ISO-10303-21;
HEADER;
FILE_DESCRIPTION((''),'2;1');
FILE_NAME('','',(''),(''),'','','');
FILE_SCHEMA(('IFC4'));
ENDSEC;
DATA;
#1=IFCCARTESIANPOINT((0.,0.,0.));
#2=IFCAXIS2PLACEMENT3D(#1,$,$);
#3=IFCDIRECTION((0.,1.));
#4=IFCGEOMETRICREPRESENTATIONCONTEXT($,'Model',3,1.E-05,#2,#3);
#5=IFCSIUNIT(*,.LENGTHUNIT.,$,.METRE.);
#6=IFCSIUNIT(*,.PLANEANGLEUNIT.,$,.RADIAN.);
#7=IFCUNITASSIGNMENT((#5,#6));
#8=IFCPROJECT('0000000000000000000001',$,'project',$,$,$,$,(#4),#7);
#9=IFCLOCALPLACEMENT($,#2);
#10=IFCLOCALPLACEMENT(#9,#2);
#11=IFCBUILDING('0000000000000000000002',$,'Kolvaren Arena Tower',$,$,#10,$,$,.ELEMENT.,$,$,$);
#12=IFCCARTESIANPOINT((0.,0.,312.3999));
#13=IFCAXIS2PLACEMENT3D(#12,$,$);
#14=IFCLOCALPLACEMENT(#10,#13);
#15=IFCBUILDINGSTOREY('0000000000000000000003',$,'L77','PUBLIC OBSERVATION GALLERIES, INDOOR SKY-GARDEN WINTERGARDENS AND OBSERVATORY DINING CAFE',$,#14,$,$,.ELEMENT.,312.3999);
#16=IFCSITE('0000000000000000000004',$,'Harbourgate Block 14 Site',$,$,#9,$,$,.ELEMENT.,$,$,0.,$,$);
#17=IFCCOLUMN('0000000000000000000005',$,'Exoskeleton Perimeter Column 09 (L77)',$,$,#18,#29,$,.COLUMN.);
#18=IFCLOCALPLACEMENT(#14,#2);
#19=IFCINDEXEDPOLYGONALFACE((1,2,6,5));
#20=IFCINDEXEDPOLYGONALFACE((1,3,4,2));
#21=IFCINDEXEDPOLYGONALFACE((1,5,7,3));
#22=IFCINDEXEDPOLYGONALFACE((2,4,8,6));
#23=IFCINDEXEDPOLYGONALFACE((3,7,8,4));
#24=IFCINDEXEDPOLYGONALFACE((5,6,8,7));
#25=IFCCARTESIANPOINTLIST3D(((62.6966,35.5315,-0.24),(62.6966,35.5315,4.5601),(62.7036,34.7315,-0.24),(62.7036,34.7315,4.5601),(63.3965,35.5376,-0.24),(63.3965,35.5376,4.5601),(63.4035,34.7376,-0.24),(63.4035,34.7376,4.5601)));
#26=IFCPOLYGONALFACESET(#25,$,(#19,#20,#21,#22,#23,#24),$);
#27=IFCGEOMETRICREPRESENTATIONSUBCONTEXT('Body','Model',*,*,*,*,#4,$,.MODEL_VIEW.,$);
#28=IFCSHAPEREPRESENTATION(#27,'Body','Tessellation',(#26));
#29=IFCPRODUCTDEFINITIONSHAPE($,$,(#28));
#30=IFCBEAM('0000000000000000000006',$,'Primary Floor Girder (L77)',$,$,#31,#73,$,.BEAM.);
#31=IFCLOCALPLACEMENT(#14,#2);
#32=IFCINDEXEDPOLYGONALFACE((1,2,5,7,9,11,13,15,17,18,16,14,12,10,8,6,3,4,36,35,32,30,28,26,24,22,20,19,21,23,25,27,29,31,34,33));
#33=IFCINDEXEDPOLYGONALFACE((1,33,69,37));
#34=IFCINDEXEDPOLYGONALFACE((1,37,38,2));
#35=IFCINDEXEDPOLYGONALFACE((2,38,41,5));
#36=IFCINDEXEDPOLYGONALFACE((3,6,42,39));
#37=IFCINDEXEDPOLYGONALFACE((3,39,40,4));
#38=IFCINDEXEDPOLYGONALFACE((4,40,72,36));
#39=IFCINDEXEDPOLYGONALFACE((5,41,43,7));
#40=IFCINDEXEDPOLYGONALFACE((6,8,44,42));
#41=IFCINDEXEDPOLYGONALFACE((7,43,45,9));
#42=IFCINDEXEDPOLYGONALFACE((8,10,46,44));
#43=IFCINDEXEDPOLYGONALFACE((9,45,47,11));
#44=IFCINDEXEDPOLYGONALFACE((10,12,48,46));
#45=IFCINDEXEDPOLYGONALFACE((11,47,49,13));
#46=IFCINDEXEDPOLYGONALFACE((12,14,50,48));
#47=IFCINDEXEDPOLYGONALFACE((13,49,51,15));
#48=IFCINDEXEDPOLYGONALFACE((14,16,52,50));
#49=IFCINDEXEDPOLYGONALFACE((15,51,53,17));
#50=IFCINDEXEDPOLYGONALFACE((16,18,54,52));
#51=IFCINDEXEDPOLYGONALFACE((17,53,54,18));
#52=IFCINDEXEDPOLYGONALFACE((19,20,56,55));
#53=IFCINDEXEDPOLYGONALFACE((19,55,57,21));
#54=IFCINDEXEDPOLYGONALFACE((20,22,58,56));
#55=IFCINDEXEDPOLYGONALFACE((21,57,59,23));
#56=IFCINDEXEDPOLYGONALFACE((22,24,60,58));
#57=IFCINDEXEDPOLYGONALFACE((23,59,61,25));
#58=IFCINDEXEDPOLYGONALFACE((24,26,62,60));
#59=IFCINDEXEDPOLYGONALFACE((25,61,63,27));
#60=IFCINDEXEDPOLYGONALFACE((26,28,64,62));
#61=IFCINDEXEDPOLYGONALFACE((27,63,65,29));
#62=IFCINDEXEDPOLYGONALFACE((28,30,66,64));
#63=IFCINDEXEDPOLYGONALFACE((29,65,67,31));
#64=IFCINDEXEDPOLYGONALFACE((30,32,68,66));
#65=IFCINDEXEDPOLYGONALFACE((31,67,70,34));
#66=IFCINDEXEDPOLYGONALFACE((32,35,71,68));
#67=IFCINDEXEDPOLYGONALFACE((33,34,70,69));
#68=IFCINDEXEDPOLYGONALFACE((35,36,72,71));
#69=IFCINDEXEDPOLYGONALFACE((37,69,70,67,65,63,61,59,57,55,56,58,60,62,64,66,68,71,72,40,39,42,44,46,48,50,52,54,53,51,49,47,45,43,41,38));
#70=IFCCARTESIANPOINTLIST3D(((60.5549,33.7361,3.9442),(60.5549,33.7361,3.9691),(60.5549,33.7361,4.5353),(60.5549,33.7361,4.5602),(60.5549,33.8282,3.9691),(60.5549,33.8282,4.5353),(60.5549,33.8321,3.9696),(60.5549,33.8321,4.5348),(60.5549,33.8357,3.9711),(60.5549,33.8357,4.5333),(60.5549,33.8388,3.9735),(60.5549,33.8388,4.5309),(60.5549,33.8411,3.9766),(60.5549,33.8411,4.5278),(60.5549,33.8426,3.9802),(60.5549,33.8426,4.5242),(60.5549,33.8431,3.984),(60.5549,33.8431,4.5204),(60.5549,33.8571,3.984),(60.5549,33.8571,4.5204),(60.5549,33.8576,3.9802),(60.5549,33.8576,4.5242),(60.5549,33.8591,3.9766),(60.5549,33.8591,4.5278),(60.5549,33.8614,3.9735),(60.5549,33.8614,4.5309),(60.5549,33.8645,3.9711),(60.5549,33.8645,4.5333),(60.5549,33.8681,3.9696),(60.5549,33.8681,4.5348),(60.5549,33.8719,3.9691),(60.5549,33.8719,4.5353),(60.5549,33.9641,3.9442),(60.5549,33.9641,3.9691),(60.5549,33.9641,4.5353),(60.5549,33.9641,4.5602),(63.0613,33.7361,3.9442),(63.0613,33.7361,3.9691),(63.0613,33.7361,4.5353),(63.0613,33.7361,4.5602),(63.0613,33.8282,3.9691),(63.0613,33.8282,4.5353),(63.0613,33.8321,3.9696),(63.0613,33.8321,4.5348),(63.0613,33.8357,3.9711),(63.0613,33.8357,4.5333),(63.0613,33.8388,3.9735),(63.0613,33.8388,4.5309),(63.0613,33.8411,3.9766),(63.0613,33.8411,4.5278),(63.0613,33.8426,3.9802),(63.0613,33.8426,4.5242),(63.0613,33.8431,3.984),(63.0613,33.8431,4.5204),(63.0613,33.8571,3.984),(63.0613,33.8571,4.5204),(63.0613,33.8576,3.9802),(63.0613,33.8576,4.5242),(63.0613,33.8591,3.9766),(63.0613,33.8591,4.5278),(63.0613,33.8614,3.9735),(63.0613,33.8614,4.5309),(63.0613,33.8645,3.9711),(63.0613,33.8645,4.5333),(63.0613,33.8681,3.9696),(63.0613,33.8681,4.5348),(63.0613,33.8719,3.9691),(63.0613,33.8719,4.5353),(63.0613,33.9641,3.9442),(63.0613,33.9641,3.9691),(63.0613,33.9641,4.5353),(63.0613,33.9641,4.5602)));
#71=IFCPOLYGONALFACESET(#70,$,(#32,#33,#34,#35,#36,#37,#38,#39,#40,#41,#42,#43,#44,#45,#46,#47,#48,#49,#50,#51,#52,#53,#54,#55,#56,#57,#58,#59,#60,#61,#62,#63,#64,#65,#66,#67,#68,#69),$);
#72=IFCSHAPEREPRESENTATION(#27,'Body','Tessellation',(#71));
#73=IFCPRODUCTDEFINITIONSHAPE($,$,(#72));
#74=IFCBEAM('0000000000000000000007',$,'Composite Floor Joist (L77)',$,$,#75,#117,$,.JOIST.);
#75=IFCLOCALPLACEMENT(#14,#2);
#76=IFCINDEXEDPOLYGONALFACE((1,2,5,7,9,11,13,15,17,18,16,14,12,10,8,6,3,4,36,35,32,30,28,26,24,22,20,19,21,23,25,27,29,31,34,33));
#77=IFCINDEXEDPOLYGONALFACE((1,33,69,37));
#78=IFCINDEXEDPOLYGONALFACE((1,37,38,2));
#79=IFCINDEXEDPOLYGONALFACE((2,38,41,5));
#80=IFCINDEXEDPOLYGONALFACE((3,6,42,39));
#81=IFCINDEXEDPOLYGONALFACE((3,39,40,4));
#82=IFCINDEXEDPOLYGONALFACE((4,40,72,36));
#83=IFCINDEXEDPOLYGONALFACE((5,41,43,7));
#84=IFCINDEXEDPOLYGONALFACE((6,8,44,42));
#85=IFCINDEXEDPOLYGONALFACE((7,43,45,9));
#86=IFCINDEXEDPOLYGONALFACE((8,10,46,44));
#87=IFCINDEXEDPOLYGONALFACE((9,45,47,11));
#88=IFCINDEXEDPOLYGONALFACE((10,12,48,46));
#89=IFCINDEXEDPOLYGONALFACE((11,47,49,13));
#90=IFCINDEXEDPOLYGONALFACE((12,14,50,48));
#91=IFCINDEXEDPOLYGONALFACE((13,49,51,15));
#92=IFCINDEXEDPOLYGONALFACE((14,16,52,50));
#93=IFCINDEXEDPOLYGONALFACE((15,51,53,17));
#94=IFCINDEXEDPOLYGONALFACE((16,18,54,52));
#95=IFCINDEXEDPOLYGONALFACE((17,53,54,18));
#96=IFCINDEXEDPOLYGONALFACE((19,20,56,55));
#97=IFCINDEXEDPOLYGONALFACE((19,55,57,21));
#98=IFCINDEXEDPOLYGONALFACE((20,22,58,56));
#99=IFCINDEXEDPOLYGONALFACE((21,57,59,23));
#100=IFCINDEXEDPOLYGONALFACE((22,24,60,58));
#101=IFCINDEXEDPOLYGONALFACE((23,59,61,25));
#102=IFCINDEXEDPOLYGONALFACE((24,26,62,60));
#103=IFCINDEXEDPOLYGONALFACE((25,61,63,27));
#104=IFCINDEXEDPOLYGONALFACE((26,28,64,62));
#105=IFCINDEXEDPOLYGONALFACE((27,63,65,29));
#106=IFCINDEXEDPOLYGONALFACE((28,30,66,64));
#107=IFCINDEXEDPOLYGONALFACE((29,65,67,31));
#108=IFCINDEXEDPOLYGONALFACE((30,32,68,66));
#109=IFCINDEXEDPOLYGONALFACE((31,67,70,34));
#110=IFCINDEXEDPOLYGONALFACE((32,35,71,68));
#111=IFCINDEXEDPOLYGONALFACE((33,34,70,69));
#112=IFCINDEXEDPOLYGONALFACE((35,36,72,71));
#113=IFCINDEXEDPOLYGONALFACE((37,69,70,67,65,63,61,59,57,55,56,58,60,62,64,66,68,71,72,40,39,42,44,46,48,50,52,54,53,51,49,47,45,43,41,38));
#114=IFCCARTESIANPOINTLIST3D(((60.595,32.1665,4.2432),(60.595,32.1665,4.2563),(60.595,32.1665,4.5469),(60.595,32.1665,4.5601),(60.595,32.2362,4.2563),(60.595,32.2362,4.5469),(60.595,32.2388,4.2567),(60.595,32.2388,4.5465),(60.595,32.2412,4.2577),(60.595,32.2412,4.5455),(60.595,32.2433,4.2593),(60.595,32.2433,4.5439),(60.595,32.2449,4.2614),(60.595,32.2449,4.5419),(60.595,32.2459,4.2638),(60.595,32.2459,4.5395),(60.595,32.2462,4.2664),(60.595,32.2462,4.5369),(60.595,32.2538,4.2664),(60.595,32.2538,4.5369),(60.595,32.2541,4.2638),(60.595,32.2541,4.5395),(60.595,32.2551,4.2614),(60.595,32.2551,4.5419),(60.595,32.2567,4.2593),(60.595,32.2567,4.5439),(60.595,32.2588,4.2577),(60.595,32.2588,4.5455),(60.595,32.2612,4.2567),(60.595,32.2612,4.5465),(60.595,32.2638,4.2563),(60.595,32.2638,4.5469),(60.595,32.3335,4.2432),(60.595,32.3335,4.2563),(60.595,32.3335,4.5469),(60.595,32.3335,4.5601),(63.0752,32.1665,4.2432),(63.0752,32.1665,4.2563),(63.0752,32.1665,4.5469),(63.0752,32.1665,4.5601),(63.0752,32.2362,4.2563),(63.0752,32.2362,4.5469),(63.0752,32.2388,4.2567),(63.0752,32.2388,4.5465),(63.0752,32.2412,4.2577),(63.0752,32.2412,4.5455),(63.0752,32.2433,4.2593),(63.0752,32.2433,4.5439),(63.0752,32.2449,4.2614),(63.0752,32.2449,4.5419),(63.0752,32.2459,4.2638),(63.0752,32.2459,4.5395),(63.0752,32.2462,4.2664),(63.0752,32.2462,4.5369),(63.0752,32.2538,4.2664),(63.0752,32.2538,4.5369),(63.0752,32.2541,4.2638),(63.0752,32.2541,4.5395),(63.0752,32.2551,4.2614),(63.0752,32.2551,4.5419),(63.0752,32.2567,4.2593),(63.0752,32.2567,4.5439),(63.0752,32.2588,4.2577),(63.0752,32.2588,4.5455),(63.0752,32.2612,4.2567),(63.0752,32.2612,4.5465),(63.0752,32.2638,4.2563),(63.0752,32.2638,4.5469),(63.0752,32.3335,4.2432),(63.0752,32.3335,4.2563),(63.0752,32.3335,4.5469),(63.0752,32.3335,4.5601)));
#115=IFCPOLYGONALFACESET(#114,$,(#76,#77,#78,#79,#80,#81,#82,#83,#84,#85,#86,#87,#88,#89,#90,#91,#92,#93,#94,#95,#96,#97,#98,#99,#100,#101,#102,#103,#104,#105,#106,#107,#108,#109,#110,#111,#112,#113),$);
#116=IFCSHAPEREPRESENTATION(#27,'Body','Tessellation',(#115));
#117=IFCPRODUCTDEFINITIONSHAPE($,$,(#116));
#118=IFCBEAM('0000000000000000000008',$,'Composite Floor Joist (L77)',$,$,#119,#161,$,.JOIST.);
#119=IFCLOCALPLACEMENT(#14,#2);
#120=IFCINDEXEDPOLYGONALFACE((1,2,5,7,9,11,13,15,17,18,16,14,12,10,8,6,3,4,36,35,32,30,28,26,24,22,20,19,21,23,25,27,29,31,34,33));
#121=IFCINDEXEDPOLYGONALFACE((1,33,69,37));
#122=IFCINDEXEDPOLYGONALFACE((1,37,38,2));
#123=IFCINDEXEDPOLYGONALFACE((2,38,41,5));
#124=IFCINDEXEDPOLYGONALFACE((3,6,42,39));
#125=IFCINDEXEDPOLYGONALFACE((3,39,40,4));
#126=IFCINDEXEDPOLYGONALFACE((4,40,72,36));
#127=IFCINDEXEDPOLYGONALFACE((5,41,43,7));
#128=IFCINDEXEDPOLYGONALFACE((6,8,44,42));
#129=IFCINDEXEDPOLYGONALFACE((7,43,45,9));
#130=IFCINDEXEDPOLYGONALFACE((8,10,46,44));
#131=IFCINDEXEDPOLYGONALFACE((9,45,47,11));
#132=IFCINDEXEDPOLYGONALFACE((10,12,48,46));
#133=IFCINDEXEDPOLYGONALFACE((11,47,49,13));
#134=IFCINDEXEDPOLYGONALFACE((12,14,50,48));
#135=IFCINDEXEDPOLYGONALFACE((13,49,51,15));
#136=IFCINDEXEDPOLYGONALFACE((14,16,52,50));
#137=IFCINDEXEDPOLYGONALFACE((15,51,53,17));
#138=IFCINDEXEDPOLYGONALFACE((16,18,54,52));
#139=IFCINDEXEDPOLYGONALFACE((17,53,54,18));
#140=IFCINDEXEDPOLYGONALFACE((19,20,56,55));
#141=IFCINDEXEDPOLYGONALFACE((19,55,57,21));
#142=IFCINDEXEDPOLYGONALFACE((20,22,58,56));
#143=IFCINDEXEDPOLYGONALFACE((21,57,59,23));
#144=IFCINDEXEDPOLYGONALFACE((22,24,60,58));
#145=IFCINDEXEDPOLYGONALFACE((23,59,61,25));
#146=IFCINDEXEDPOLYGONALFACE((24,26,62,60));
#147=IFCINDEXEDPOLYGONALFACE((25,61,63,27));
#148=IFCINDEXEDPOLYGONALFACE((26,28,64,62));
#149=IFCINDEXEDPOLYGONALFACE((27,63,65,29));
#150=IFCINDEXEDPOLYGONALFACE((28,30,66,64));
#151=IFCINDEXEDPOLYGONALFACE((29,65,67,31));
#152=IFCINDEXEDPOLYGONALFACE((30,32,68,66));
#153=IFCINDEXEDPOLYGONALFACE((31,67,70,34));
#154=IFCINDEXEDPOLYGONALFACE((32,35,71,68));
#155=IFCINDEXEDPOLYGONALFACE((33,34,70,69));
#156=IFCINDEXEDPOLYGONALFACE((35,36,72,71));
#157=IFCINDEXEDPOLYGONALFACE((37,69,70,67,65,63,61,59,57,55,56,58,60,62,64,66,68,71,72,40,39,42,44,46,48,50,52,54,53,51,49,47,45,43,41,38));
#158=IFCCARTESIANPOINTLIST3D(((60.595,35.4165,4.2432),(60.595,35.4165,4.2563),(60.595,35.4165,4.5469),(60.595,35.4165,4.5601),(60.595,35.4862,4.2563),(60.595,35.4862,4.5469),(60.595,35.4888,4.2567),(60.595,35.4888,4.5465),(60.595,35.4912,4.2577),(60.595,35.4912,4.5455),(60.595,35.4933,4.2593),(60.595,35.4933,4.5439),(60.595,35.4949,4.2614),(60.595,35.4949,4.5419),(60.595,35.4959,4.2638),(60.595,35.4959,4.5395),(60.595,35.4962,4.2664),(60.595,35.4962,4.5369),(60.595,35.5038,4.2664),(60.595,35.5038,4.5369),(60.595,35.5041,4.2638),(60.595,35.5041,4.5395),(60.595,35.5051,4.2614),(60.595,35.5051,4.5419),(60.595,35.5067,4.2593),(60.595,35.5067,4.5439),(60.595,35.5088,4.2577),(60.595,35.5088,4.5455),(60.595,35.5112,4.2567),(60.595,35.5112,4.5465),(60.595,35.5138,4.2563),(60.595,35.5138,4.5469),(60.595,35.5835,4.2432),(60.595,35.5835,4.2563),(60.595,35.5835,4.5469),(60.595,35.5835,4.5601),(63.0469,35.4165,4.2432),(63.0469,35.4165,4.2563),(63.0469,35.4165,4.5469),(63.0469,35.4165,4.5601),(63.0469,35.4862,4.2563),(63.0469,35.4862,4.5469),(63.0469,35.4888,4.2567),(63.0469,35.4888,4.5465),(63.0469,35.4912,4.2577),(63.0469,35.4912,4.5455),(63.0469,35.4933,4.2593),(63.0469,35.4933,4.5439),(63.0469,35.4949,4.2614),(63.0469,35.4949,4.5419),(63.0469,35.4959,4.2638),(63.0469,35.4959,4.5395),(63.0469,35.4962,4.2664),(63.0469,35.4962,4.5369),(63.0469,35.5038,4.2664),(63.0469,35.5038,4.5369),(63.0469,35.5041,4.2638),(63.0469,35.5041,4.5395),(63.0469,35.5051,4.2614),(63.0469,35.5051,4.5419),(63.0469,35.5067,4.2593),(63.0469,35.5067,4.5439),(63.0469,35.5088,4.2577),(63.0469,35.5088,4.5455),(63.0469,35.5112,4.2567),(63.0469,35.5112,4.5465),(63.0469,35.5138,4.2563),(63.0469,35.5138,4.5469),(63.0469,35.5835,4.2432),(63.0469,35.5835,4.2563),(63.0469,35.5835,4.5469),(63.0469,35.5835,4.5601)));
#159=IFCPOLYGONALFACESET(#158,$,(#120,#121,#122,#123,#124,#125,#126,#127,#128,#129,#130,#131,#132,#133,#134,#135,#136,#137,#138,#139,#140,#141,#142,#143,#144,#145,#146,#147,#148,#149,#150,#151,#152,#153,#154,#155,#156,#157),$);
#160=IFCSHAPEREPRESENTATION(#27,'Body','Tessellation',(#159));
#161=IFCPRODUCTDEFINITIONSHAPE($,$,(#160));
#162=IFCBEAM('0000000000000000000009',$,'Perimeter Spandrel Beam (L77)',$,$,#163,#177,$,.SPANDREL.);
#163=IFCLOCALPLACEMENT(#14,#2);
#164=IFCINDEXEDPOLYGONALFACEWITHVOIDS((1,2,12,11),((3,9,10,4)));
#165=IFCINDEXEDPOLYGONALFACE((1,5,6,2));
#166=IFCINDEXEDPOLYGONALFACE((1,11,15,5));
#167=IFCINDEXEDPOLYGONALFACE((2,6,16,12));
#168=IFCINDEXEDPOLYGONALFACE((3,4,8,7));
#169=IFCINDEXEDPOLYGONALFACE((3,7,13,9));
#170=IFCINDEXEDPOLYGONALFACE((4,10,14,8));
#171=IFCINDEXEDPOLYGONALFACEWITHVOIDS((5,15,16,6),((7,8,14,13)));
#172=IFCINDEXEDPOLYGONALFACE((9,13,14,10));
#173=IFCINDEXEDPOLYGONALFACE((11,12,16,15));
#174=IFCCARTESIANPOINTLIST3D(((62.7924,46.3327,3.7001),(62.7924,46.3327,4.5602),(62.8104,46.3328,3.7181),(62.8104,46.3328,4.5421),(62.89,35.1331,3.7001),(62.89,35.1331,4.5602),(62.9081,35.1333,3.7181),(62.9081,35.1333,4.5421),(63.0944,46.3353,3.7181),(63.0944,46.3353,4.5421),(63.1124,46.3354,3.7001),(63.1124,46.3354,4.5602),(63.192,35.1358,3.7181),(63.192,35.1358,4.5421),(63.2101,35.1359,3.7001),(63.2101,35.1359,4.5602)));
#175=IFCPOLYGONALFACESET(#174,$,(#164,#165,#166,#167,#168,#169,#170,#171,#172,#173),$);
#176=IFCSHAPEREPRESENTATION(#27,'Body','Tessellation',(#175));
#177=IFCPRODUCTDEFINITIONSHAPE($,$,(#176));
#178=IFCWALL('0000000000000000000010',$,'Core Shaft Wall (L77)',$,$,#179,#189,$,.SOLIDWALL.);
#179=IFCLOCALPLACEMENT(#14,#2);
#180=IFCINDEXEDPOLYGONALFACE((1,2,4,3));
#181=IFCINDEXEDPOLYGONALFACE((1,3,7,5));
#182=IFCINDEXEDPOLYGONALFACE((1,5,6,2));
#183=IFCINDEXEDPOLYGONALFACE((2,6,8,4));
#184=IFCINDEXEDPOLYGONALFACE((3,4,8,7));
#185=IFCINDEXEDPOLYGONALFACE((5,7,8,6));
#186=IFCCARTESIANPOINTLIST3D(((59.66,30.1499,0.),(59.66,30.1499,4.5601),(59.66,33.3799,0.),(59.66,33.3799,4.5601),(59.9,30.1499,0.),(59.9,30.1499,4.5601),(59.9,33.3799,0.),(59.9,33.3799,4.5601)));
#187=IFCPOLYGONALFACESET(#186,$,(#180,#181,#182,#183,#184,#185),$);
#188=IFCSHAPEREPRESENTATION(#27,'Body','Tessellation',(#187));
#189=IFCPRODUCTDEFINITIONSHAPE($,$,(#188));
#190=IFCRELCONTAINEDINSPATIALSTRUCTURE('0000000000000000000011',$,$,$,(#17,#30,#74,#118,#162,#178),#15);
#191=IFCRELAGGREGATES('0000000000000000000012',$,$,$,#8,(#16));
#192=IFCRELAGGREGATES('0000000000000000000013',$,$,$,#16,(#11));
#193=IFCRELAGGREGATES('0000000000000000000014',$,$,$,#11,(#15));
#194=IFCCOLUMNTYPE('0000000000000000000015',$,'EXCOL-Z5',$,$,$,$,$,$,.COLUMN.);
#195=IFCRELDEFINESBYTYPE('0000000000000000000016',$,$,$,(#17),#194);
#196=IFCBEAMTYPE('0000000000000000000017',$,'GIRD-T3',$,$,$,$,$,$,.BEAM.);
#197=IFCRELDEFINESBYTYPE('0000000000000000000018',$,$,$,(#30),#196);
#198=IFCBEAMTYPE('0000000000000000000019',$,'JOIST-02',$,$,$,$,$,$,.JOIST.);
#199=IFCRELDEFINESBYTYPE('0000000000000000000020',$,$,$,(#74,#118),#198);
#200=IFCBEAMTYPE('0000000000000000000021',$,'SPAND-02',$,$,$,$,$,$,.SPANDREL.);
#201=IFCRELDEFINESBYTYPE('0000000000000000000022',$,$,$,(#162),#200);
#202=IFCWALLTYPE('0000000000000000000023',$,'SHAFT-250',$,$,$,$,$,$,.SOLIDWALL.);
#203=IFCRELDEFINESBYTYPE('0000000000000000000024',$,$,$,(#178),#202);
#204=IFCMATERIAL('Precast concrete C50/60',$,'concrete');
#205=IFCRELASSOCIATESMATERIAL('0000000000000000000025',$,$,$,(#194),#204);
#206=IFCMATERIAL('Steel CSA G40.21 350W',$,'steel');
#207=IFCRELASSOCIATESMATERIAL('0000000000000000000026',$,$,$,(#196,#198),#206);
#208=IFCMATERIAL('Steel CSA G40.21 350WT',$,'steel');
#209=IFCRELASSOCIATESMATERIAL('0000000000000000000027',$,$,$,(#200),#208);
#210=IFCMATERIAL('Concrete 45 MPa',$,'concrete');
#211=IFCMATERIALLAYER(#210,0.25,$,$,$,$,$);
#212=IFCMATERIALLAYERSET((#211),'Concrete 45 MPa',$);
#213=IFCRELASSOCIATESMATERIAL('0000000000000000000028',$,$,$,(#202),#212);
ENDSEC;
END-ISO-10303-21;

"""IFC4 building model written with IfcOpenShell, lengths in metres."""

from ifc_helpers import new_model, si_unit, direction, frame, frame_2d, origin, origin_2d, place, context, subcontext, project, spatial, rectangle, hollow_rectangle, i_section, extrude, material, layer, layer_set, material_profile, profile_set, type_object, element, save


model = new_model("IFC4")

# Units and contexts
model_context = context("Model", 3, precision=1e-05, world=origin(), true_north=direction((0.0, 1.0)))
body_context = subcontext(model_context, "Body", "Model", "MODEL_VIEW")
ifc_project = project(units=[si_unit("LENGTHUNIT", "METRE"), si_unit("PLANEANGLEUNIT", "RADIAN")], contexts=[model_context])

# Site, building, storey
site_placement = place(None, origin())
site = spatial("IfcSite", under=ifc_project, at=site_placement, Name="Harbourgate Block 14 Site", CompositionType="ELEMENT", RefElevation=0.0)
building_placement = place(site_placement, origin())
building = spatial("IfcBuilding", under=site, at=building_placement, Name="Kolvaren Arena Tower", CompositionType="ELEMENT")
storey_placement = place(building_placement, frame((0.0, 0.0, 312.3999)))
storey = spatial("IfcBuildingStorey", under=building, at=storey_placement, Name="L77", Description="PUBLIC OBSERVATION GALLERIES, INDOOR SKY-GARDEN WINTERGARDENS AND OBSERVATORY DINING CAFE", CompositionType="ELEMENT", Elevation=312.3999)

# Column
ifc_material_1 = material(Name="Precast concrete C50/60", Category="concrete")
ifc_material_profile_1 = material_profile(ifc_material_1, rectangle(XDim=0.8, YDim=0.7, at=origin_2d()), Name="RC-800x700")
ifc_profile_set_1 = profile_set([ifc_material_profile_1], Name="Precast concrete C50/60")
column_type = type_object("IfcColumnType", Name="EXCOL-Z5", PredefinedType="COLUMN", material=ifc_profile_set_1)
column_placement = place(storey_placement, frame((63.05, 35.1345, -0.24), z_axis=(0.0, 0.0, 1.0), x_axis=(-0.008727, 0.999962, 0.0)))
element("IfcColumn", 1, at=column_placement, inside=storey, type_object=column_type, Name="Exoskeleton Perimeter Column 09 (L77)", PredefinedType="COLUMN", context=body_context, shape_type="SweptSolid", body=[
    extrude(rectangle(XDim=0.8, YDim=0.7, at=origin_2d()), origin(), (0.0, 0.0, 1.0), 4.8),
])

# Beams
ifc_material_2 = material(Name="Steel CSA G40.21 350W", Category="steel")
ifc_material_profile_2 = material_profile(ifc_material_2, i_section(OverallWidth=0.228, OverallDepth=0.616, WebThickness=0.0139, FlangeThickness=0.0249, FilletRadius=0.0149, at=origin_2d()), Name="W610x174")
ifc_profile_set_2 = profile_set([ifc_material_profile_2], Name="Steel CSA G40.21 350W")
beam_type_1 = type_object("IfcBeamType", Name="GIRD-T3", PredefinedType="BEAM", material=ifc_profile_set_2)
beam_1_placement = place(storey_placement, frame((60.5549, 33.8501, 4.2522), z_axis=(1.0, 0.0, 0.0), x_axis=(0.0, 1.0, 0.0)))
element("IfcBeam", 2, at=beam_1_placement, inside=storey, type_object=beam_type_1, Name="Primary Floor Girder (L77)", PredefinedType="BEAM", context=body_context, shape_type="SweptSolid", body=[
    extrude(i_section(OverallWidth=0.228, OverallDepth=0.616, WebThickness=0.0139, FlangeThickness=0.0249, FilletRadius=0.0149, at=origin_2d()), origin(), (0.0, 0.0, 1.0), 2.5063),
])
ifc_material_profile_3 = material_profile(ifc_material_2, i_section(OverallWidth=0.167, OverallDepth=0.3169, WebThickness=0.0076, FlangeThickness=0.0132, FilletRadius=0.01, at=origin_2d()), Name="W310x52")
ifc_profile_set_3 = profile_set([ifc_material_profile_3], Name="Steel CSA G40.21 350W")
beam_type_2 = type_object("IfcBeamType", Name="JOIST-02", PredefinedType="JOIST", material=ifc_profile_set_3)
beam_2_placement = place(storey_placement, frame((60.595, 32.25, 4.4016), z_axis=(1.0, 0.0, 0.0), x_axis=(0.0, 1.0, 0.0)))
element("IfcBeam", 3, at=beam_2_placement, inside=storey, type_object=beam_type_2, Name="Composite Floor Joist (L77)", PredefinedType="JOIST", context=body_context, shape_type="SweptSolid", body=[
    extrude(i_section(OverallWidth=0.167, OverallDepth=0.3169, WebThickness=0.0076, FlangeThickness=0.0132, FilletRadius=0.01, at=origin_2d()), origin(), (0.0, 0.0, 1.0), 2.4802),
])
beam_3_placement = place(storey_placement, frame((60.595, 35.5, 4.4016), z_axis=(1.0, 0.0, 0.0), x_axis=(0.0, 1.0, 0.0)))
element("IfcBeam", 4, at=beam_3_placement, inside=storey, type_object=beam_type_2, Name="Composite Floor Joist (L77)", PredefinedType="JOIST", context=body_context, shape_type="SweptSolid", body=[
    extrude(i_section(OverallWidth=0.167, OverallDepth=0.3169, WebThickness=0.0076, FlangeThickness=0.0132, FilletRadius=0.01, at=origin_2d()), origin(), (0.0, 0.0, 1.0), 2.4519),
])
ifc_material_3 = material(Name="Steel CSA G40.21 350WT", Category="steel")
ifc_material_profile_4 = material_profile(ifc_material_3, hollow_rectangle(XDim=0.3201, YDim=0.8601, WallThickness=0.0181, at=origin_2d()), Name="HSS 860x320x18")
ifc_profile_set_4 = profile_set([ifc_material_profile_4], Name="Steel CSA G40.21 350WT")
beam_type_3 = type_object("IfcBeamType", Name="SPAND-02", PredefinedType="SPANDREL", material=ifc_profile_set_4)
beam_4_placement = place(storey_placement, frame((63.05, 35.1345, 4.1301), z_axis=(-0.008719, 0.999962, 0.0), x_axis=(-0.999962, -0.008719, 0.0)))
element("IfcBeam", 5, at=beam_4_placement, inside=storey, type_object=beam_type_3, Name="Perimeter Spandrel Beam (L77)", PredefinedType="SPANDREL", context=body_context, shape_type="SweptSolid", body=[
    extrude(hollow_rectangle(XDim=0.3201, YDim=0.8601, WallThickness=0.0181, at=origin_2d()), origin(), (0.0, 0.0, 1.0), 11.2),
])

# Wall
ifc_material_4 = material(Name="Concrete 45 MPa", Category="concrete")
ifc_layer = layer(ifc_material_4, 0.25)
ifc_layer_set = layer_set([ifc_layer], Name="Concrete 45 MPa")
wall_type = type_object("IfcWallType", Name="SHAFT-250", PredefinedType="SOLIDWALL", material=ifc_layer_set)
wall_1_placement = place(storey_placement, frame((59.78, 30.1499, 0.0), z_axis=(0.0, 0.0, 1.0), x_axis=(0.0, 1.0, 0.0)))
element("IfcWall", 6, at=wall_1_placement, inside=storey, type_object=wall_type, Name="Core Shaft Wall (L77)", PredefinedType="SOLIDWALL", context=body_context, shape_type="SweptSolid", body=[
    extrude(rectangle(XDim=3.23, YDim=0.24, at=frame_2d((1.615, 0.0))), origin(), (0.0, 0.0, 1.0), 4.5601),
])

save(model, "model.ifc")
